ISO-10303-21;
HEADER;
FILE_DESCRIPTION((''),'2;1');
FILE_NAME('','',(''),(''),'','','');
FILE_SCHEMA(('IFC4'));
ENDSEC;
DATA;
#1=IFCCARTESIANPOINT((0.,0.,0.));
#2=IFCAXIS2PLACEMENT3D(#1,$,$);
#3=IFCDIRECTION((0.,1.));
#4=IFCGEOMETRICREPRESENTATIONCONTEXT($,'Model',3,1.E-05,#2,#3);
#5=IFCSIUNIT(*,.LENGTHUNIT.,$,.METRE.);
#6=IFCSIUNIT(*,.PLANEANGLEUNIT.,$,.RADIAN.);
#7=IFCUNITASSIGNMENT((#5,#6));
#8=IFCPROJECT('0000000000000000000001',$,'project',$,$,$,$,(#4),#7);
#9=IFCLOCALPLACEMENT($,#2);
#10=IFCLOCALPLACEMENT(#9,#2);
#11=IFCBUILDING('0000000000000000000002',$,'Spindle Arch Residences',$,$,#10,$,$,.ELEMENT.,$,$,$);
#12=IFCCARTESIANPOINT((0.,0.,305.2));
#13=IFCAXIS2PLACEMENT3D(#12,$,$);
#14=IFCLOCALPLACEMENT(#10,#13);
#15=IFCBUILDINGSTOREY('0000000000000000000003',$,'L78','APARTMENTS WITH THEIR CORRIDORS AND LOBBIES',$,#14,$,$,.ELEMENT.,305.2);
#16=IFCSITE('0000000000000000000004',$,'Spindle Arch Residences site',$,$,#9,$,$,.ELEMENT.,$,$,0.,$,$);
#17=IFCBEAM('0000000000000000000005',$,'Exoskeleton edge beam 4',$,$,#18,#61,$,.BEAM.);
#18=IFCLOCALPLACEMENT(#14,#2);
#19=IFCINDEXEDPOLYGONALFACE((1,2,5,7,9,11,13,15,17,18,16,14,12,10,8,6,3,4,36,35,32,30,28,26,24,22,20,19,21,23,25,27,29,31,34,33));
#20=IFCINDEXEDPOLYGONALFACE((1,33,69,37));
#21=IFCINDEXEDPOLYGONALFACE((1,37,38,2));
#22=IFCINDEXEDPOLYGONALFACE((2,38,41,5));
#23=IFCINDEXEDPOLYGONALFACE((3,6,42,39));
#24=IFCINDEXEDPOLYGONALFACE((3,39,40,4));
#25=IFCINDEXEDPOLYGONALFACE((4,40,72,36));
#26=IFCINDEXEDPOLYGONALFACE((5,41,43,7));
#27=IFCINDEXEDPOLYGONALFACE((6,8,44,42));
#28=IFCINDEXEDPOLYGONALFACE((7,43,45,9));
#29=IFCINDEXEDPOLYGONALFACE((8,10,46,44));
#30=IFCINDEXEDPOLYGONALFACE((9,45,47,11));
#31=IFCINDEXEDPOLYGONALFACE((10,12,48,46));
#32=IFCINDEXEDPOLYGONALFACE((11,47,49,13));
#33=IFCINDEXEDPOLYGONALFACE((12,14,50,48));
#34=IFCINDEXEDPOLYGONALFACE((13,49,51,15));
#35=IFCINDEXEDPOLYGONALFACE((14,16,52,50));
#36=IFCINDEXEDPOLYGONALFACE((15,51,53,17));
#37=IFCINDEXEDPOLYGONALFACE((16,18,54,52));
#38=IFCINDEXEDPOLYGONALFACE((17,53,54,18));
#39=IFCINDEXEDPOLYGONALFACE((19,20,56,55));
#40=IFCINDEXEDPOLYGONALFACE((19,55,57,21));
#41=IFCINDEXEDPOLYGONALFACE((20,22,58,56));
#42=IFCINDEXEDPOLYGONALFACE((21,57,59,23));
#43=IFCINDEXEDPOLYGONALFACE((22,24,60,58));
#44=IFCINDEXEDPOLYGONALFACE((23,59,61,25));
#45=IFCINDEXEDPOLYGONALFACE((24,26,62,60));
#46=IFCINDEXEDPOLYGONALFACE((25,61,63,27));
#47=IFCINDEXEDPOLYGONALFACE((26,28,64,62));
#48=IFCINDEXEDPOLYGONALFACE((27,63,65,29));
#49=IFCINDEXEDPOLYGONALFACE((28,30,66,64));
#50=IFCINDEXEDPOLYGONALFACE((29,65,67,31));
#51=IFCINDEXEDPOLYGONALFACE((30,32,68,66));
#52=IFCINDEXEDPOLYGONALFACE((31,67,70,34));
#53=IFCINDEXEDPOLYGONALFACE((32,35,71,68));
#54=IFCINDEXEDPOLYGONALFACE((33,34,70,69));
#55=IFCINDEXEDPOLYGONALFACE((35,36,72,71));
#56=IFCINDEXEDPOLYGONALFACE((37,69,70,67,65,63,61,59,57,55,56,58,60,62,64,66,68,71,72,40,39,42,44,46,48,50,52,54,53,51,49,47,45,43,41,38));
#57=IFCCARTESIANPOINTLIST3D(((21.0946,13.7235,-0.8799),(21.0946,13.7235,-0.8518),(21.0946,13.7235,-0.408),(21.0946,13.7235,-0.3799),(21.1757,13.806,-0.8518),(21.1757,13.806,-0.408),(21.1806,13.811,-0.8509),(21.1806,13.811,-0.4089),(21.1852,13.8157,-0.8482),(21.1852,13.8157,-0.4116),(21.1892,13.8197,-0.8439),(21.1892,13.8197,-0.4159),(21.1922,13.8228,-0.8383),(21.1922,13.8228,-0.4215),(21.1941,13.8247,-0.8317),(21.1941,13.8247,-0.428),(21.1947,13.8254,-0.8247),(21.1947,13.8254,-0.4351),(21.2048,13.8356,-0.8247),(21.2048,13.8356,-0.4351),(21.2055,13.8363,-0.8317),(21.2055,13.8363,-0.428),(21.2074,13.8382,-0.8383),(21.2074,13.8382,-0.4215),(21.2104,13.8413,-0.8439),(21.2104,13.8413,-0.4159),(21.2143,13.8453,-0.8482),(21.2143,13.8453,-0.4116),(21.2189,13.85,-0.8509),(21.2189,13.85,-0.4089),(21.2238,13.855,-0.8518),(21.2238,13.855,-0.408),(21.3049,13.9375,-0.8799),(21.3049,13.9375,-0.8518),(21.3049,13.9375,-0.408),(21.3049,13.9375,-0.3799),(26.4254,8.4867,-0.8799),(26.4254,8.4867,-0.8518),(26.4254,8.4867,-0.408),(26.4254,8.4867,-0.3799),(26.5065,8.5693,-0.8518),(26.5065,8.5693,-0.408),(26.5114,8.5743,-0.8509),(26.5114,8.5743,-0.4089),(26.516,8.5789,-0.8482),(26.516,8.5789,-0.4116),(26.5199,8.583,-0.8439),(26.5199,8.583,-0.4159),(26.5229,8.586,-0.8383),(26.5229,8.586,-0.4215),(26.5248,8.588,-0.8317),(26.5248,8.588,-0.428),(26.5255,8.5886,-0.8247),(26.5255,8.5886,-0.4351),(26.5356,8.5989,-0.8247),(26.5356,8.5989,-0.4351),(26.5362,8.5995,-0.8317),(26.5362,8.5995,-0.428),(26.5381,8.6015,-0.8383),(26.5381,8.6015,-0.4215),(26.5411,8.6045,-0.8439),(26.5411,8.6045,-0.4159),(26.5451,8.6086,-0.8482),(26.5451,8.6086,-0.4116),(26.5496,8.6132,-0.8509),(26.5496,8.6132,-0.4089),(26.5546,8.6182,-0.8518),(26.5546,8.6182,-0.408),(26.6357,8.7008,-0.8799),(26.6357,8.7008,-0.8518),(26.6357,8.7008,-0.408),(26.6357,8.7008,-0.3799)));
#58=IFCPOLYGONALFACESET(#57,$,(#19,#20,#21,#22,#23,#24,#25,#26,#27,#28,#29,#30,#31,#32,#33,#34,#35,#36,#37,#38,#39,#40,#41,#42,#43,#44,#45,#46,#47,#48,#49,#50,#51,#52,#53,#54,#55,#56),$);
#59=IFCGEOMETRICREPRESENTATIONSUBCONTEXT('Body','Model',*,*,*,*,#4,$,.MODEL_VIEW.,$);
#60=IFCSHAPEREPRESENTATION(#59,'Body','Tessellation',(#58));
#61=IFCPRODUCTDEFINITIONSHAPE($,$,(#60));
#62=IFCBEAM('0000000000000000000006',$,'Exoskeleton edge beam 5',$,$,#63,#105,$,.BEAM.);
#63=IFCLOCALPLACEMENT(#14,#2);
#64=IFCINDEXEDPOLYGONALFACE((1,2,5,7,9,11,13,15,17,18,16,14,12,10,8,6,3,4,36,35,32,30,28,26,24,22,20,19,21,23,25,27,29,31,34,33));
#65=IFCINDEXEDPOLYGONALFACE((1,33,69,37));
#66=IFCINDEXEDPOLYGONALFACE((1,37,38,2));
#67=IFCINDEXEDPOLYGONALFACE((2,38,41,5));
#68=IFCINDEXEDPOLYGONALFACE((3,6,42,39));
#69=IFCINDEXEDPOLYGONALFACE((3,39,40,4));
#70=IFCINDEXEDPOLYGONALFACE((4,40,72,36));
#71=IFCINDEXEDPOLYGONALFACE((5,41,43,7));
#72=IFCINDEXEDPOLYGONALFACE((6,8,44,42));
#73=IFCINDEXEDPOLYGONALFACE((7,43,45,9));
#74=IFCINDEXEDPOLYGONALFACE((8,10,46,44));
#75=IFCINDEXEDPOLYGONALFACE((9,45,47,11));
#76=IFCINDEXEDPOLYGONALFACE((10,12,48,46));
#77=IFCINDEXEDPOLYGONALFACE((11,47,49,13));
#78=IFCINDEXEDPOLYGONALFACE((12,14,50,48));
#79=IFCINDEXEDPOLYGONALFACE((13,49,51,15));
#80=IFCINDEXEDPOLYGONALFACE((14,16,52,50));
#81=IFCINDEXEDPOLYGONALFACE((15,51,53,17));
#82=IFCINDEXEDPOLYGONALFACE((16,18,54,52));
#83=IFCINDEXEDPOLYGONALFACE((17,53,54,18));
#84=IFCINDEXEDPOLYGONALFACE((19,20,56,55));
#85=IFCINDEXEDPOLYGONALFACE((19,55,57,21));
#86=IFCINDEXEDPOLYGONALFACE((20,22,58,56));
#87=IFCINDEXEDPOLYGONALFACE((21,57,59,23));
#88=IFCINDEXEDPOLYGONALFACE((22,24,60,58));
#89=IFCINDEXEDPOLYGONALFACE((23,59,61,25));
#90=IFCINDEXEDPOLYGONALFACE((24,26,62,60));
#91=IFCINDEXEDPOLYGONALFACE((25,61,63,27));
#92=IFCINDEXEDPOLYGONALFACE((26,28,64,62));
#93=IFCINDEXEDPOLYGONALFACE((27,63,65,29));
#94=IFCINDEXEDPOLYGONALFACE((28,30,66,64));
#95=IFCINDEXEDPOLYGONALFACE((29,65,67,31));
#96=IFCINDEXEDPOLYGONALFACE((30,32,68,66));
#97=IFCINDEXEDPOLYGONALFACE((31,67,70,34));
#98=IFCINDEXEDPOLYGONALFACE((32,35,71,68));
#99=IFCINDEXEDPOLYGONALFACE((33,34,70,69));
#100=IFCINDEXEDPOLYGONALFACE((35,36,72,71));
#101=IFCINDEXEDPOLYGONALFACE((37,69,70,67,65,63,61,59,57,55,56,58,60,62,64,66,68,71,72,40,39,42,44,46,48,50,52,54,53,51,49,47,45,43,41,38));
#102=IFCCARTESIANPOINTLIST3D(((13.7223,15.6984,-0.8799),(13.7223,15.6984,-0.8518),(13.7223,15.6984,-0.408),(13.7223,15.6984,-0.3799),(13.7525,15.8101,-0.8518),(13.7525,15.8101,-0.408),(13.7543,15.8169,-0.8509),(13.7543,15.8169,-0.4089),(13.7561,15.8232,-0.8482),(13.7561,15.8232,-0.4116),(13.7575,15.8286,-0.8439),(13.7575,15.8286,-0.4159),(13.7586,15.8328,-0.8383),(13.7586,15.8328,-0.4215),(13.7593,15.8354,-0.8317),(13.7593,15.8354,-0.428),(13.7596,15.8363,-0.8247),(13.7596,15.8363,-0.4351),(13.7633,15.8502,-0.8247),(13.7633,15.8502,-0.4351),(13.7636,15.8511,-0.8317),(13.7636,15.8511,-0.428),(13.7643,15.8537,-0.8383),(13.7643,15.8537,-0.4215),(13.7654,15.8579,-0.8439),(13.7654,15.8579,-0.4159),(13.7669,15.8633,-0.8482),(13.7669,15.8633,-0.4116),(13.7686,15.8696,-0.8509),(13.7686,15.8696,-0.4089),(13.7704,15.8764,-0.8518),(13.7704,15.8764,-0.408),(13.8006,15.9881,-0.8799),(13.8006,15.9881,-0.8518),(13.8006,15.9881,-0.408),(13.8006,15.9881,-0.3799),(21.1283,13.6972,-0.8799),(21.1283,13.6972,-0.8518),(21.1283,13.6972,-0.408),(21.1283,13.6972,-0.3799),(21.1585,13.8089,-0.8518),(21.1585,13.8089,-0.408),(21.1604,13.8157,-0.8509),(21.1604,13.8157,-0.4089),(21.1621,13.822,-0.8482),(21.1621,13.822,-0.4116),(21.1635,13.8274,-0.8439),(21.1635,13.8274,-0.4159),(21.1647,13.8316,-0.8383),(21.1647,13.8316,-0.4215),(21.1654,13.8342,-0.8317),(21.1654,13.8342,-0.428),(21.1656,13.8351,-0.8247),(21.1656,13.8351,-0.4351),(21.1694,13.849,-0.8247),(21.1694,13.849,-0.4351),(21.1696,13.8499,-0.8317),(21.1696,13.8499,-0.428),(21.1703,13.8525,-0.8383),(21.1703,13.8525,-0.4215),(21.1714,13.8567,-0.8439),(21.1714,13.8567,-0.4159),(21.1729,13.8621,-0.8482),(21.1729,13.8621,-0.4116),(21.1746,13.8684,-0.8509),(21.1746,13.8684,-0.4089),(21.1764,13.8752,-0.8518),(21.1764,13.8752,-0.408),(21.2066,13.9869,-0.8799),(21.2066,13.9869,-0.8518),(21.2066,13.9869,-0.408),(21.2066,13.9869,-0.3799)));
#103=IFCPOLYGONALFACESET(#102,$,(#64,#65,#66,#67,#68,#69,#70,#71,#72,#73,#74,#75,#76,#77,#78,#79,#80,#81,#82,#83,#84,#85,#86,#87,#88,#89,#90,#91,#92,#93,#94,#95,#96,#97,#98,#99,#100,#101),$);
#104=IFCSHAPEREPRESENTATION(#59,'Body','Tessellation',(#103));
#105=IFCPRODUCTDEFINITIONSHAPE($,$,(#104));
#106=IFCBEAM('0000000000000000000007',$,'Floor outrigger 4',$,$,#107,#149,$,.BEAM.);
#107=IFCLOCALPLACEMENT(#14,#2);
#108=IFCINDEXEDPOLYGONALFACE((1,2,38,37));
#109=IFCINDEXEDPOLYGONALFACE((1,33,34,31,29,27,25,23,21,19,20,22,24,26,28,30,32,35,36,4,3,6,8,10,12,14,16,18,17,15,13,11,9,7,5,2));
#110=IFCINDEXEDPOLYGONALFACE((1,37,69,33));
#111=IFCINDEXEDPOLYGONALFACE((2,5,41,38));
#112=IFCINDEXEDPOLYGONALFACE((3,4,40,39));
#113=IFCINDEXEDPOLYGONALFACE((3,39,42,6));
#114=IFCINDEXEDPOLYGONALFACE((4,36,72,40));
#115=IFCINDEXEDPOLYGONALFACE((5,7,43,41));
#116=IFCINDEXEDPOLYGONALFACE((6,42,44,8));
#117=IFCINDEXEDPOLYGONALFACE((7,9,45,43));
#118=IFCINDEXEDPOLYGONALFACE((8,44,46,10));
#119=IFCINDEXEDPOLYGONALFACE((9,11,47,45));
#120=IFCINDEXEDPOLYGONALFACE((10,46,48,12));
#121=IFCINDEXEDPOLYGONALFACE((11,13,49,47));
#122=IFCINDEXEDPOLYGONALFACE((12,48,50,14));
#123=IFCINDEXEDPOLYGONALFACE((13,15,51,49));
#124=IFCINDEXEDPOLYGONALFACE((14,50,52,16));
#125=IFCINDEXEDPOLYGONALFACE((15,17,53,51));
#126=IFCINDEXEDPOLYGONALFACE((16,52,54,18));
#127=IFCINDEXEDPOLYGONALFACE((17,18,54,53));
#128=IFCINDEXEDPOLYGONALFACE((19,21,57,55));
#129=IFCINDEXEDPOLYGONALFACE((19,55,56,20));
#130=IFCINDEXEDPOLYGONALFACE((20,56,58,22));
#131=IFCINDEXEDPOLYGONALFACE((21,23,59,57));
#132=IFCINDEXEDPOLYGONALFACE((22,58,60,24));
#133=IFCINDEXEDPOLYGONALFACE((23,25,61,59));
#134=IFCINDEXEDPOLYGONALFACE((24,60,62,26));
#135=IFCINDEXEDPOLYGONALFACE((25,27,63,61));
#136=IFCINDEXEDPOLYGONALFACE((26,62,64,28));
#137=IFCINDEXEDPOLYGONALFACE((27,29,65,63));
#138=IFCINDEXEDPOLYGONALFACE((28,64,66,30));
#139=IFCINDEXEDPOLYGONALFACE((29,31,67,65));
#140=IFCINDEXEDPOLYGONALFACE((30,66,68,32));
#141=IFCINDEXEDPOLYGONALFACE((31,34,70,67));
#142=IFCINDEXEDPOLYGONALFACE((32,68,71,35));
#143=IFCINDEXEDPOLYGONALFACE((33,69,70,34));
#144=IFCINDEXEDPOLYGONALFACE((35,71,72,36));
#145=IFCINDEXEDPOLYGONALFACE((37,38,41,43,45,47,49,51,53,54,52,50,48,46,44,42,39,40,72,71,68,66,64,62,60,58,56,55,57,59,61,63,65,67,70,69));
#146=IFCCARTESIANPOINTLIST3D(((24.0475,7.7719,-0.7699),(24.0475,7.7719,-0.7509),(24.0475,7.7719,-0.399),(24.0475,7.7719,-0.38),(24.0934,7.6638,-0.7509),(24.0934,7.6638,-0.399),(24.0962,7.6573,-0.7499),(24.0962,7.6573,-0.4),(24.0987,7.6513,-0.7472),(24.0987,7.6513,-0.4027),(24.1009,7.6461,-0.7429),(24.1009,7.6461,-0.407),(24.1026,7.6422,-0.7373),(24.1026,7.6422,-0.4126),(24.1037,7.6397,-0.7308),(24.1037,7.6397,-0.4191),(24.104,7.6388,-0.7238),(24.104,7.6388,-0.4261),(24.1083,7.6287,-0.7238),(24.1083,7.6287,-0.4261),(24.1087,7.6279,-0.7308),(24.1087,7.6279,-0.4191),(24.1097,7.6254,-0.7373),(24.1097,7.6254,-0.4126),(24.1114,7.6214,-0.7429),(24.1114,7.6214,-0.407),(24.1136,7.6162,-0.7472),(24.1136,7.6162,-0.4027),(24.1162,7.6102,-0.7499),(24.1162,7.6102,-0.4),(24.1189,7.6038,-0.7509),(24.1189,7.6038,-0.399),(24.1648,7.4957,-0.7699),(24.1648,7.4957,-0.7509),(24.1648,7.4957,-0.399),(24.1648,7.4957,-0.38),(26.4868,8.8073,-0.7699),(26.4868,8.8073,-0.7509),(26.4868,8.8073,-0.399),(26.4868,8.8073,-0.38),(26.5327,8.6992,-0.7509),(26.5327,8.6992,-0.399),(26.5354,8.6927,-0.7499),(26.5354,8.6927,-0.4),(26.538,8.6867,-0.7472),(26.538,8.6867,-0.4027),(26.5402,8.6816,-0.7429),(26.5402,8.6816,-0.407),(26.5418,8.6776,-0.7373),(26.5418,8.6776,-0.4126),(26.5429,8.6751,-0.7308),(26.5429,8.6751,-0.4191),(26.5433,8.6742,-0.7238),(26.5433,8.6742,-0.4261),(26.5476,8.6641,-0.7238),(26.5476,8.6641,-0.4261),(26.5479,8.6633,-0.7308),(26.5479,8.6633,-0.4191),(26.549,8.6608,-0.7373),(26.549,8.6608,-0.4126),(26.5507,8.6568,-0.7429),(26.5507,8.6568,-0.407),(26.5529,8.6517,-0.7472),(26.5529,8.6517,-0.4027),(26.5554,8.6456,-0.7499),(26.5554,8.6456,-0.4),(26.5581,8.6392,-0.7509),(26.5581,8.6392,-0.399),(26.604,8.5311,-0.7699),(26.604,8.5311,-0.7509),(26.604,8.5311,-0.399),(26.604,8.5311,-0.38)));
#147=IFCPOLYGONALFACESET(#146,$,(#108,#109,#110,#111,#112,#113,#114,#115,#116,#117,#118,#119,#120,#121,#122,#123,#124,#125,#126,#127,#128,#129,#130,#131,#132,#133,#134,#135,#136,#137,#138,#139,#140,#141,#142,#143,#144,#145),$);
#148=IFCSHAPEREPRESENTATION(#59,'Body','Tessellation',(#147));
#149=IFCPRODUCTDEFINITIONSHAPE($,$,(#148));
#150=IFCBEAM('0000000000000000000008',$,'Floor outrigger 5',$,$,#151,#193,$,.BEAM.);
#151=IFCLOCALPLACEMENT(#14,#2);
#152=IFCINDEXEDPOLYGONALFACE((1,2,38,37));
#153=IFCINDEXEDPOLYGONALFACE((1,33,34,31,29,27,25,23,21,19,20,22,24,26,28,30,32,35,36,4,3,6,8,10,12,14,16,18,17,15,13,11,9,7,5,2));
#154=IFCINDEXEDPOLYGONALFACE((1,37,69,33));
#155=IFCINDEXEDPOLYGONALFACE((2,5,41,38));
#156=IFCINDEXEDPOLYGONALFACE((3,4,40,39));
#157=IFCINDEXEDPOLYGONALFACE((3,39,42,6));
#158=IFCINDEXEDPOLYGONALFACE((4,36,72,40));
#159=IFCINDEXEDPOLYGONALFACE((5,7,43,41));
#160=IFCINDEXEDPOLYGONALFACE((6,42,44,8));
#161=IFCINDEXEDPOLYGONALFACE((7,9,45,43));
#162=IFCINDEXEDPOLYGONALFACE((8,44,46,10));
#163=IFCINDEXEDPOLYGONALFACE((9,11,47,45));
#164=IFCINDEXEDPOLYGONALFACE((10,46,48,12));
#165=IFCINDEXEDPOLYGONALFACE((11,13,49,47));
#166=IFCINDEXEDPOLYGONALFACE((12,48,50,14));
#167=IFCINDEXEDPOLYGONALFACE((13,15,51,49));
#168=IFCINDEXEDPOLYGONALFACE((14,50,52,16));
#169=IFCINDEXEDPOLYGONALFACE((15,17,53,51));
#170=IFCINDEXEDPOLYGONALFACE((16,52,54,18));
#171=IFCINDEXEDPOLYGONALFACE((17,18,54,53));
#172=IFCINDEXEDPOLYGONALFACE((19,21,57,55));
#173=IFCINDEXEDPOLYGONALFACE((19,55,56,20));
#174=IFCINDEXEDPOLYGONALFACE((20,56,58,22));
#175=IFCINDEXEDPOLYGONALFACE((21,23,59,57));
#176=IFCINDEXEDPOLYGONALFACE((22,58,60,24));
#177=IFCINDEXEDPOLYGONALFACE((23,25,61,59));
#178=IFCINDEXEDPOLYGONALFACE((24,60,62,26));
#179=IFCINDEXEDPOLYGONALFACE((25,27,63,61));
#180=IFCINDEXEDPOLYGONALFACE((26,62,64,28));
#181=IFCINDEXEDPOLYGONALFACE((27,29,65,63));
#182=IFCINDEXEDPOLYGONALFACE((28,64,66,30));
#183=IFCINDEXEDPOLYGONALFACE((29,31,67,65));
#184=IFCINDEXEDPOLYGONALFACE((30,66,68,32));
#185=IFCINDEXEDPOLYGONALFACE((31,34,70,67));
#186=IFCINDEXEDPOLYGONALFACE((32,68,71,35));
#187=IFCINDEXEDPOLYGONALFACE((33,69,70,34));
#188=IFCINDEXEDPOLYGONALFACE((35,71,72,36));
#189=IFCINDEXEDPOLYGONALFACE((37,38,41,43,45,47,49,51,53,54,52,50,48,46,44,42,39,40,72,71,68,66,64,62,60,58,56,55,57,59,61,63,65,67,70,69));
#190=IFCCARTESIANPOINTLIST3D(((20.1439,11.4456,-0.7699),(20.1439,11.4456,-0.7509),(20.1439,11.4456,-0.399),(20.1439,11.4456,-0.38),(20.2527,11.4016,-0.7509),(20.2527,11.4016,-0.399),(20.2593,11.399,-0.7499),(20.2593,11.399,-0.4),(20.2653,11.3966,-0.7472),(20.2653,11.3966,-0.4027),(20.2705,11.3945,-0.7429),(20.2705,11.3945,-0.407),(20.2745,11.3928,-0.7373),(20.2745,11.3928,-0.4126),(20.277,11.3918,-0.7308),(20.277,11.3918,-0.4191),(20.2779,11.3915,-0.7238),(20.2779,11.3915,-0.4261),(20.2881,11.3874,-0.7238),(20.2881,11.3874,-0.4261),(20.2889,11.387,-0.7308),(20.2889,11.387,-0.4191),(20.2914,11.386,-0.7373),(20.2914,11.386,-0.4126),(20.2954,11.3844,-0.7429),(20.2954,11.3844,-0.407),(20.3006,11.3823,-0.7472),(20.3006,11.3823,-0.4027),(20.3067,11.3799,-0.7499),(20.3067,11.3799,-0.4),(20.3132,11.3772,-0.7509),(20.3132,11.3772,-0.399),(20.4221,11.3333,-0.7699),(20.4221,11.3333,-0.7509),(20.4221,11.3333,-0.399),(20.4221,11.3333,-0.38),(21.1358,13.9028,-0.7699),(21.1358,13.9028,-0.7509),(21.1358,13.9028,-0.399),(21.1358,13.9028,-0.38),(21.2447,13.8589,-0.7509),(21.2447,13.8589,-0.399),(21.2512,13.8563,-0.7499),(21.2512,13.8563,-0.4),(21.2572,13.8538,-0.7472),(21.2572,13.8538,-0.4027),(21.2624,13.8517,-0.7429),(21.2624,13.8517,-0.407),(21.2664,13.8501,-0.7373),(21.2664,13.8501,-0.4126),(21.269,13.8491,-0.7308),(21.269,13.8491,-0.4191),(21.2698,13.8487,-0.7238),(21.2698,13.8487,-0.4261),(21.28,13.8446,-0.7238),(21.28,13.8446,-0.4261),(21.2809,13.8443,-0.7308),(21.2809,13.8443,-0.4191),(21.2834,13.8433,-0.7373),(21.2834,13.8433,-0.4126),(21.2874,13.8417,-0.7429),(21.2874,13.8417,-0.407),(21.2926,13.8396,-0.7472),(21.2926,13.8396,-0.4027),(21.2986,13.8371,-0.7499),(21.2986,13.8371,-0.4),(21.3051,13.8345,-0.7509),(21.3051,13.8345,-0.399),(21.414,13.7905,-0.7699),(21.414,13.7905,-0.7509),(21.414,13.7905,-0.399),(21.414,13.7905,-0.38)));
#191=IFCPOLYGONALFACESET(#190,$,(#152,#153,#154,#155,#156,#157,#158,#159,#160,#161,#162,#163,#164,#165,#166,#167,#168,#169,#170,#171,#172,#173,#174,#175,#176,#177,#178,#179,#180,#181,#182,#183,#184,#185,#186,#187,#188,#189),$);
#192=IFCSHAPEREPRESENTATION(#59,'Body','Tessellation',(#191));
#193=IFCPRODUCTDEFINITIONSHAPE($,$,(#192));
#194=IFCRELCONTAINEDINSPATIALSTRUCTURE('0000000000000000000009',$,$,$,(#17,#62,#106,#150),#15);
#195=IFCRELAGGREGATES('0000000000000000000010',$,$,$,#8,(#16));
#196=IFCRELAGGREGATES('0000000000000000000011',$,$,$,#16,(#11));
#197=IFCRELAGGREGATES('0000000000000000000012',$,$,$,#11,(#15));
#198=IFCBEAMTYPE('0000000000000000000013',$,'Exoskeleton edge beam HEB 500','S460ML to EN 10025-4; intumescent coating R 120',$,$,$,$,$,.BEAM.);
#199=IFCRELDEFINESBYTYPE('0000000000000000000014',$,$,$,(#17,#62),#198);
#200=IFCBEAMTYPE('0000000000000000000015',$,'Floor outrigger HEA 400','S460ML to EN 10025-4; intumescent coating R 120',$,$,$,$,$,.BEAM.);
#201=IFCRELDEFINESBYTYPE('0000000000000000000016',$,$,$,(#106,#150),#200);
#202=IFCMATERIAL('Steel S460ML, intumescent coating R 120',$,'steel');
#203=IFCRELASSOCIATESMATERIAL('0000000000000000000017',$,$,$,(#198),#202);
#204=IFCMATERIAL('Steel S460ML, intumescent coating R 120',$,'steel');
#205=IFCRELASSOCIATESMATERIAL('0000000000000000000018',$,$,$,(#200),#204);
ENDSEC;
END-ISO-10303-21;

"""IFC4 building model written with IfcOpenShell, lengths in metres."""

from ifc_helpers import new_model, si_unit, direction, frame, origin, origin_2d, place, context, subcontext, project, spatial, i_section, extrude, material, material_profile, profile_set, type_object, element, save


model = new_model("IFC4")

# Units and contexts
model_context = context("Model", 3, precision=1e-05, world=origin(), true_north=direction((0.0, 1.0)))
body_context = subcontext(model_context, "Body", "Model", "MODEL_VIEW")
ifc_project = project(units=[si_unit("LENGTHUNIT", "METRE"), si_unit("PLANEANGLEUNIT", "RADIAN")], contexts=[model_context])

# Site, building, storey
site_placement = place(None, origin())
site = spatial("IfcSite", under=ifc_project, at=site_placement, Name="Spindle Arch Residences site", CompositionType="ELEMENT", RefElevation=0.0)
building_placement = place(site_placement, origin())
building = spatial("IfcBuilding", under=site, at=building_placement, Name="Spindle Arch Residences", CompositionType="ELEMENT")
storey_placement = place(building_placement, frame((0.0, 0.0, 305.2)))
storey = spatial("IfcBuildingStorey", under=building, at=storey_placement, Name="L78", Description="APARTMENTS WITH THEIR CORRIDORS AND LOBBIES", CompositionType="ELEMENT", Elevation=305.2)

# Beams
ifc_material_1 = material(Name="Steel S460ML, intumescent coating R 120", Category="steel")
ifc_material_profile_1 = material_profile(ifc_material_1, i_section(OverallWidth=0.3, OverallDepth=0.5, WebThickness=0.0144, FlangeThickness=0.0281, FilletRadius=0.0271, at=origin_2d()), Name="HEB 500")
ifc_profile_set_1 = profile_set([ifc_material_profile_1], Name="Steel S460ML, intumescent coating R 120")
beam_type_1 = type_object("IfcBeamType", Name="Exoskeleton edge beam HEB 500", Description="S460ML to EN 10025-4; intumescent coating R 120", PredefinedType="BEAM", material=ifc_profile_set_1)
beam_1_placement = place(storey_placement, frame((26.5305, 8.5938, -0.6299), z_axis=(-0.713368, 0.70079, 0.0), x_axis=(-0.70079, -0.713368, 0.0)))
element("IfcBeam", 1, at=beam_1_placement, inside=storey, type_object=beam_type_1, Name="Exoskeleton edge beam 4", PredefinedType="BEAM", context=body_context, shape_type="SweptSolid", body=[
    extrude(i_section(OverallWidth=0.3, OverallDepth=0.5, WebThickness=0.0144, FlangeThickness=0.0281, FilletRadius=0.0271, at=origin_2d()), origin(), (0.0, 0.0, 1.0), 7.4727),
])
beam_2_placement = place(storey_placement, frame((21.1675, 13.842, -0.6299), z_axis=(-0.965377, 0.26086, 0.0), x_axis=(-0.26086, -0.965377, 0.0)))
element("IfcBeam", 2, at=beam_2_placement, inside=storey, type_object=beam_type_1, Name="Exoskeleton edge beam 5", PredefinedType="BEAM", context=body_context, shape_type="SweptSolid", body=[
    extrude(i_section(OverallWidth=0.3, OverallDepth=0.5, WebThickness=0.0144, FlangeThickness=0.0281, FilletRadius=0.0271, at=origin_2d()), origin(), (0.0, 0.0, 1.0), 7.6716),
])
ifc_material_2 = material(Name="Steel S460ML, intumescent coating R 120", Category="steel")
ifc_material_profile_2 = material_profile(ifc_material_2, i_section(OverallWidth=0.3, OverallDepth=0.3899, WebThickness=0.011, FlangeThickness=0.019, FilletRadius=0.0271, at=origin_2d()), Name="HEA 400")
ifc_profile_set_2 = profile_set([ifc_material_profile_2], Name="Steel S460ML, intumescent coating R 120")
beam_type_2 = type_object("IfcBeamType", Name="Floor outrigger HEA 400", Description="S460ML to EN 10025-4; intumescent coating R 120", PredefinedType="BEAM", material=ifc_profile_set_2)
for number, where, z_axis, x_axis, name in (
    (3, (26.5454, 8.6692, -0.575), (-0.920502, -0.390737, 0.0), (0.390737, -0.920502, 0.0), "Floor outrigger 4"),
    (4, (21.2749, 13.8467, -0.575), (-0.374327, -0.927297, 0.0), (0.927297, -0.374327, 0.0), "Floor outrigger 5"),
):
    element("IfcBeam", number, at=place(storey_placement, frame(where, z_axis=z_axis, x_axis=x_axis)), inside=storey, type_object=beam_type_2, Name=name, PredefinedType="BEAM", context=body_context, shape_type="SweptSolid", body=[
        extrude(i_section(OverallWidth=0.3, OverallDepth=0.3899, WebThickness=0.011, FlangeThickness=0.019, FilletRadius=0.0271, at=origin_2d()), origin(), (0.0, 0.0, 1.0), 2.6499),
    ])

save(model, "model.ifc")
